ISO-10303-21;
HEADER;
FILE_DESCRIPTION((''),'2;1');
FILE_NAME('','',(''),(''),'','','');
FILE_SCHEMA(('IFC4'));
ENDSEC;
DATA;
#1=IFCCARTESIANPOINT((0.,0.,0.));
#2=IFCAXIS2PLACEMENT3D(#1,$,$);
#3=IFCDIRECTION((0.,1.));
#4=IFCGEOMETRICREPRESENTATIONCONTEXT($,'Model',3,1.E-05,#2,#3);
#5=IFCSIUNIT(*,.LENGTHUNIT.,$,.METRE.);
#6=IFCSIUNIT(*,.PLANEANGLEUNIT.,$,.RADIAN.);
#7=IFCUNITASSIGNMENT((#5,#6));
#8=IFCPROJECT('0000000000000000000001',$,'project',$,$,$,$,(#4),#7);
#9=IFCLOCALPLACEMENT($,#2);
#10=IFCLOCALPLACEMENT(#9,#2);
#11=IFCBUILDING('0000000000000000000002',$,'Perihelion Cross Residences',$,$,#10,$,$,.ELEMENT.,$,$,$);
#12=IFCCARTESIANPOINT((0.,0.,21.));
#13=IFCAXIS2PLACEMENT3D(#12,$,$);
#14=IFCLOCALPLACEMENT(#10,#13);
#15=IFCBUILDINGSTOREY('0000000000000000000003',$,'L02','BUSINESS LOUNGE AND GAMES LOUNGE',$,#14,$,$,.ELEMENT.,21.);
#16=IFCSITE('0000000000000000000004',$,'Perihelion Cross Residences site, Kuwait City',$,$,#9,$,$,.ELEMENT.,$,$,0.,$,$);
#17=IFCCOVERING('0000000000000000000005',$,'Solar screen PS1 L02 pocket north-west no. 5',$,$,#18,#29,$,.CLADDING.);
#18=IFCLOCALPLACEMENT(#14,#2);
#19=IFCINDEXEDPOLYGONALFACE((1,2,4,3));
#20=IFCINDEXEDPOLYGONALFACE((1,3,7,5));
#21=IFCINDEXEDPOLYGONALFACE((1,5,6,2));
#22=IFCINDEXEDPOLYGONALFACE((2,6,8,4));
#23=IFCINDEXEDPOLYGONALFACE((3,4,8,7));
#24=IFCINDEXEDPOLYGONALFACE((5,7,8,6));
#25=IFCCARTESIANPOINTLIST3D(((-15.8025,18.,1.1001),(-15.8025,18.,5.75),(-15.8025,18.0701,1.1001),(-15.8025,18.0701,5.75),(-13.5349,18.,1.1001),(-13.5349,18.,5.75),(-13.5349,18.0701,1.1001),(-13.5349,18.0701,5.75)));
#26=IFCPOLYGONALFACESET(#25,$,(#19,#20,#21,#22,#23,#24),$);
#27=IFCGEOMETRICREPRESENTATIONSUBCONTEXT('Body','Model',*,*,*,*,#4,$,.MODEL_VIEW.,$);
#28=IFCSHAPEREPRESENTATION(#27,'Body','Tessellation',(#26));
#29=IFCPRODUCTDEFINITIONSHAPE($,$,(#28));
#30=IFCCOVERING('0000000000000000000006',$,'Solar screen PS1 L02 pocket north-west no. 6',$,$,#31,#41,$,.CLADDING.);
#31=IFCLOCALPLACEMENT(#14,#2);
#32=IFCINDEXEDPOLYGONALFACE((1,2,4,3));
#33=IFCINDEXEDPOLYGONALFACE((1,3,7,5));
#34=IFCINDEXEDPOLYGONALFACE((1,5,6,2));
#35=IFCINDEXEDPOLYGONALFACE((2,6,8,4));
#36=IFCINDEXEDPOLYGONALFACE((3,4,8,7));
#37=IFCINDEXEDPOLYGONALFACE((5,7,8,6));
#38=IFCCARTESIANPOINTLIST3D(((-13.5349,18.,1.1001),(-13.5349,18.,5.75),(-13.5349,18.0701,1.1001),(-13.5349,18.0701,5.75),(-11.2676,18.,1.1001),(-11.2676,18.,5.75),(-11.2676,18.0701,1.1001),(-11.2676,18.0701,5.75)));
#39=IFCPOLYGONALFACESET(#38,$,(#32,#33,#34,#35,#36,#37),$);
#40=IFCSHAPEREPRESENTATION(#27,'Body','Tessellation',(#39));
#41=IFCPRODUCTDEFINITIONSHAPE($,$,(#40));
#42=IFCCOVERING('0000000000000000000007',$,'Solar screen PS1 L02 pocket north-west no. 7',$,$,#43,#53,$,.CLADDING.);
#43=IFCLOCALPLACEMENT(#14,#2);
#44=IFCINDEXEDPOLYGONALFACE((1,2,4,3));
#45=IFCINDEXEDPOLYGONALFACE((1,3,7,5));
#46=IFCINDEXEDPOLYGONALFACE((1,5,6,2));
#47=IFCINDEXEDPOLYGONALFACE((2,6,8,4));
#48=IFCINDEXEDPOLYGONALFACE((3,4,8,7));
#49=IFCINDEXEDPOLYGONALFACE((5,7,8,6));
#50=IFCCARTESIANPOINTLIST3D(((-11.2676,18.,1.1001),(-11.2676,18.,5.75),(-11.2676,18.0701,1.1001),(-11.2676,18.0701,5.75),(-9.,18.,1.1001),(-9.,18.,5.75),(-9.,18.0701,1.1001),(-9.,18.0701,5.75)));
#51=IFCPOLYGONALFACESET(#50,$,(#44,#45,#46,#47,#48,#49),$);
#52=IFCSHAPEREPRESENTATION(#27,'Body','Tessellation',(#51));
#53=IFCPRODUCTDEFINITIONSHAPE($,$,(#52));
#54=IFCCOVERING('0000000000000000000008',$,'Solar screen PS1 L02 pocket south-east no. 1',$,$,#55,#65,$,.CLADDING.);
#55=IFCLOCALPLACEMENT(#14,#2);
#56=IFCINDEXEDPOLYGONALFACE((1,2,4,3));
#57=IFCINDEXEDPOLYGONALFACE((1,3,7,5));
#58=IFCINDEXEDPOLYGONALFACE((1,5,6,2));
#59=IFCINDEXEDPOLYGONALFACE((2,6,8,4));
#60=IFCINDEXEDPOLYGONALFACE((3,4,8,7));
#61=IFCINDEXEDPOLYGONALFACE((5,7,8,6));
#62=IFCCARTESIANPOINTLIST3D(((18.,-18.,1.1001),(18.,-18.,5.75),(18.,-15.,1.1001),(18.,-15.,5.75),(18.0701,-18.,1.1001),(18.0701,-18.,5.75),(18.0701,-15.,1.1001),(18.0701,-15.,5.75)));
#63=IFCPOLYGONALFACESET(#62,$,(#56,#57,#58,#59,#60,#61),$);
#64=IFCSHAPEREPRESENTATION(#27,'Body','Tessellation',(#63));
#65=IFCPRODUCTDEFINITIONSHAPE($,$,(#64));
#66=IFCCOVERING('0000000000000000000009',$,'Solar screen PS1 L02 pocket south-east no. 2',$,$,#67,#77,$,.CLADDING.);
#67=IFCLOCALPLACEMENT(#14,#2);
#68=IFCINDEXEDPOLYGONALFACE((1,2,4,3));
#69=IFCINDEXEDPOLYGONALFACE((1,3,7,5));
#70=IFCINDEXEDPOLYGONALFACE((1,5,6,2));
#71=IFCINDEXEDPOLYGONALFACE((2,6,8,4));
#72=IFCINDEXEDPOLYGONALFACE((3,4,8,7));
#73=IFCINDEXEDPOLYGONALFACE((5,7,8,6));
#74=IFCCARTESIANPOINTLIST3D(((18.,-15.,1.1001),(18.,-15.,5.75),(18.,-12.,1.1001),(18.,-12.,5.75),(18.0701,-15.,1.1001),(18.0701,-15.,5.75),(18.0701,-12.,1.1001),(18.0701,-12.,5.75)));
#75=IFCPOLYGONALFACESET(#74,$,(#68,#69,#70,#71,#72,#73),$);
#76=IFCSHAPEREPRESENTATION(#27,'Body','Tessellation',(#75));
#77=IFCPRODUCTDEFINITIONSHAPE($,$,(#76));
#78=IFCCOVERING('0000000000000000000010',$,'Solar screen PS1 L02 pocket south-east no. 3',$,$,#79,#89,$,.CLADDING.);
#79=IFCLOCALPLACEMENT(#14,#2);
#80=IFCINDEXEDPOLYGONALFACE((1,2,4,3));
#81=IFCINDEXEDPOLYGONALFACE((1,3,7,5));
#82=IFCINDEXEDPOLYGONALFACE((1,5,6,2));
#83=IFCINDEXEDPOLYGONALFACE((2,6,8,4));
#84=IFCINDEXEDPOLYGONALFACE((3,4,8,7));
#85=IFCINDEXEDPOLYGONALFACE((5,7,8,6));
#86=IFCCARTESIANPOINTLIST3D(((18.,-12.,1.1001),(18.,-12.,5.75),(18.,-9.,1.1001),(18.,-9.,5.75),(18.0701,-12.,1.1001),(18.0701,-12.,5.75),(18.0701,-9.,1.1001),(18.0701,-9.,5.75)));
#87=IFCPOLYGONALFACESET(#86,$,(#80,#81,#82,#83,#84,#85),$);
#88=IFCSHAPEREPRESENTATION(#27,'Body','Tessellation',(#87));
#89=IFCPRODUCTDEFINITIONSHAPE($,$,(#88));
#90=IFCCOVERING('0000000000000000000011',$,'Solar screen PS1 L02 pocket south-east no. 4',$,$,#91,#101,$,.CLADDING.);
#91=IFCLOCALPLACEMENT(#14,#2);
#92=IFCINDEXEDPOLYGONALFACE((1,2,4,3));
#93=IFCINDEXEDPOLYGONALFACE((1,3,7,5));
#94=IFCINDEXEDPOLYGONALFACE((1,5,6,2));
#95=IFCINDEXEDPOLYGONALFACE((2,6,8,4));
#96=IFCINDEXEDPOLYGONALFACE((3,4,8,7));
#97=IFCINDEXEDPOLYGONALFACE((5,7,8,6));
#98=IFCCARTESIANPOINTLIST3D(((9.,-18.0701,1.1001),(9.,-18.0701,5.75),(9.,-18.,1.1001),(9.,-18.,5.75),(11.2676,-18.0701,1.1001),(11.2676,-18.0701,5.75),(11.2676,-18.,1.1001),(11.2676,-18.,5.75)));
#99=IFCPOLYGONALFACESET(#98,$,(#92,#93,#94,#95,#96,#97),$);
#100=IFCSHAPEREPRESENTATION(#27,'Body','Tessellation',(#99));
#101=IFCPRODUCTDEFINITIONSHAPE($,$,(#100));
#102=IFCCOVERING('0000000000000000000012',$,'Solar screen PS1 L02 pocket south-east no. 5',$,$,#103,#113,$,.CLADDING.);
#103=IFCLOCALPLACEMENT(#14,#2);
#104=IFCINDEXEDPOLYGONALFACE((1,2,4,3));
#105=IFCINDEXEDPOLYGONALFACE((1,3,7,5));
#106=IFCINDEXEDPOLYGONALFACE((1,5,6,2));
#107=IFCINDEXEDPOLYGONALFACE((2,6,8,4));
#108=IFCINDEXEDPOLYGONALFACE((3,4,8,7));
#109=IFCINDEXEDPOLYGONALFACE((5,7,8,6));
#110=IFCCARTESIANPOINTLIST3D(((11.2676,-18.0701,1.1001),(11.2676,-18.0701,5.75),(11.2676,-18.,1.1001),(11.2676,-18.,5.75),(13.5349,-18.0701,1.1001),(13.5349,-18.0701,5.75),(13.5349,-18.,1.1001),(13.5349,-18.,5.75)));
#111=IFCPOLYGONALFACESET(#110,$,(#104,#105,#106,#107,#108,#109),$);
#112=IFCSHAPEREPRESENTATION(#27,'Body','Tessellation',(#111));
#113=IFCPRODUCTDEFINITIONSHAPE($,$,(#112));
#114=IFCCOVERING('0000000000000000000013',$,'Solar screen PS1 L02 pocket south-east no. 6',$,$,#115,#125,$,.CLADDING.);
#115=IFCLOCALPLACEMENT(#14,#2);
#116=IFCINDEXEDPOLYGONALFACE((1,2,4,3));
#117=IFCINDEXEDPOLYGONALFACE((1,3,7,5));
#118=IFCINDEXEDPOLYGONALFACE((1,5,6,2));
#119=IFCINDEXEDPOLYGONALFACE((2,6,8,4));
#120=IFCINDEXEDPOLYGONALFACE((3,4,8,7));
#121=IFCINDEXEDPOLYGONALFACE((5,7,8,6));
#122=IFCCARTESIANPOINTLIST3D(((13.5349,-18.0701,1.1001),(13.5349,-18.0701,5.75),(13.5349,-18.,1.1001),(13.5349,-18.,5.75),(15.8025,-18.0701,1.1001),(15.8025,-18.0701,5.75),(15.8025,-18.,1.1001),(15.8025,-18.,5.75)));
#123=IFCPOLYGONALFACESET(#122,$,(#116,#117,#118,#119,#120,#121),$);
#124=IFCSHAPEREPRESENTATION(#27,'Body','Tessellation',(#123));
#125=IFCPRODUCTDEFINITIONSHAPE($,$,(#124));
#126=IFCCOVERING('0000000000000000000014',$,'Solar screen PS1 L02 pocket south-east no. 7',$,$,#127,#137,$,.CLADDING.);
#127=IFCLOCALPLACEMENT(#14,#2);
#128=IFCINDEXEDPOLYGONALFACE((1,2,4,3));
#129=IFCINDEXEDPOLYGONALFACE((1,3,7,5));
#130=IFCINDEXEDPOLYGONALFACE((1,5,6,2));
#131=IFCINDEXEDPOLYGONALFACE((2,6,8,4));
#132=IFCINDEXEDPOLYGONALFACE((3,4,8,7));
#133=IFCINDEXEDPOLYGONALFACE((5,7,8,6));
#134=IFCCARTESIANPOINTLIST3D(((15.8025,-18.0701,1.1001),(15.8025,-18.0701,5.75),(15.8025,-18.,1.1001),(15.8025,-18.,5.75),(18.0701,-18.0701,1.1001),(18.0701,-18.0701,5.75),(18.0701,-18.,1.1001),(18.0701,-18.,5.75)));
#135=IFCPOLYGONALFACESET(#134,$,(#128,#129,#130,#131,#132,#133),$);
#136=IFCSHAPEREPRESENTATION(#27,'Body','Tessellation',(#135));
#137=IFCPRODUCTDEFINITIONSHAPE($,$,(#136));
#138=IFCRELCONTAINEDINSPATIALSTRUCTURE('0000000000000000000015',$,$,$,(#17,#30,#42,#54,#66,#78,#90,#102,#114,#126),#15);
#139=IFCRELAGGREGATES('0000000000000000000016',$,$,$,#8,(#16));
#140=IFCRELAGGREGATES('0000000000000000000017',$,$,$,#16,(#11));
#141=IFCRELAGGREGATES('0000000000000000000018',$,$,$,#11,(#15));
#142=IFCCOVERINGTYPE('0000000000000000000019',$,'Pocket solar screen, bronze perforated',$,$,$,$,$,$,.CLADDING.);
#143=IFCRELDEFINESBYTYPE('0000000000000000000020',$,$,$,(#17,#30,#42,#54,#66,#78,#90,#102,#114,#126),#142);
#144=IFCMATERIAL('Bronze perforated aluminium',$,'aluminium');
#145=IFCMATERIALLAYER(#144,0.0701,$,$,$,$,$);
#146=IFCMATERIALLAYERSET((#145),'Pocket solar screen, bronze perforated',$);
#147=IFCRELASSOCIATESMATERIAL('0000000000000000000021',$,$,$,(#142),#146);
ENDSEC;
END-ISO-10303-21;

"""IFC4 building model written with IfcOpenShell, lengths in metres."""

from ifc_helpers import new_model, si_unit, direction, frame, origin, place, context, subcontext, project, spatial, polyline, outline, extrude, material, layer, layer_set, type_object, element, save


model = new_model("IFC4")

# Units and contexts
model_context = context("Model", 3, precision=1e-05, world=origin(), true_north=direction((0.0, 1.0)))
body_context = subcontext(model_context, "Body", "Model", "MODEL_VIEW")
ifc_project = project(units=[si_unit("LENGTHUNIT", "METRE"), si_unit("PLANEANGLEUNIT", "RADIAN")], contexts=[model_context])

# Site, building, storey
site_placement = place(None, origin())
site = spatial("IfcSite", under=ifc_project, at=site_placement, Name="Perihelion Cross Residences site, Kuwait City", CompositionType="ELEMENT", RefElevation=0.0)
building_placement = place(site_placement, origin())
building = spatial("IfcBuilding", under=site, at=building_placement, Name="Perihelion Cross Residences", CompositionType="ELEMENT")
storey_placement = place(building_placement, frame((0.0, 0.0, 21.0)))
storey = spatial("IfcBuildingStorey", under=building, at=storey_placement, Name="L02", Description="BUSINESS LOUNGE AND GAMES LOUNGE", CompositionType="ELEMENT", Elevation=21.0)

# Coverings
ifc_material_1 = material(Name="Bronze perforated aluminium", Category="aluminium")
ifc_layer_1 = layer(ifc_material_1, 0.0701)
ifc_layer_set_1 = layer_set([ifc_layer_1], Name="Pocket solar screen, bronze perforated")
covering_type_1 = type_object("IfcCoveringType", Name="Pocket solar screen, bronze perforated", PredefinedType="CLADDING", material=ifc_layer_set_1)
covering_1_placement = place(storey_placement, frame((0.0, 0.0, 1.1001)))
element("IfcCovering", 1, at=covering_1_placement, inside=storey, type_object=covering_type_1, Name="Solar screen PS1 L02 pocket north-west no. 5", PredefinedType="CLADDING", context=body_context, shape_type="SweptSolid", body=[
    extrude(outline(polyline([(-13.5349, 18.0), (-13.5349, 18.0701), (-15.8025, 18.0701), (-15.8025, 18.0), (-13.5349, 18.0)])), origin(), (0.0, 0.0, 1.0), 4.6499),
])
covering_2_placement = place(storey_placement, frame((0.0, 0.0, 1.1001)))
element("IfcCovering", 2, at=covering_2_placement, inside=storey, type_object=covering_type_1, Name="Solar screen PS1 L02 pocket north-west no. 6", PredefinedType="CLADDING", context=body_context, shape_type="SweptSolid", body=[
    extrude(outline(polyline([(-11.2676, 18.0), (-11.2676, 18.0701), (-13.5349, 18.0701), (-13.5349, 18.0), (-11.2676, 18.0)])), origin(), (0.0, 0.0, 1.0), 4.6499),
])
covering_3_placement = place(storey_placement, frame((0.0, 0.0, 1.1001)))
element("IfcCovering", 3, at=covering_3_placement, inside=storey, type_object=covering_type_1, Name="Solar screen PS1 L02 pocket north-west no. 7", PredefinedType="CLADDING", context=body_context, shape_type="SweptSolid", body=[
    extrude(outline(polyline([(-9.0, 18.0), (-9.0, 18.0701), (-11.2676, 18.0701), (-11.2676, 18.0), (-9.0, 18.0)])), origin(), (0.0, 0.0, 1.0), 4.6499),
])
covering_4_placement = place(storey_placement, frame((0.0, 0.0, 1.1001)))
element("IfcCovering", 4, at=covering_4_placement, inside=storey, type_object=covering_type_1, Name="Solar screen PS1 L02 pocket south-east no. 1", PredefinedType="CLADDING", context=body_context, shape_type="SweptSolid", body=[
    extrude(outline(polyline([(18.0701, -18.0), (18.0701, -15.0), (18.0, -15.0), (18.0, -18.0), (18.0701, -18.0)])), origin(), (0.0, 0.0, 1.0), 4.6499),
])
covering_5_placement = place(storey_placement, frame((0.0, 0.0, 1.1001)))
element("IfcCovering", 5, at=covering_5_placement, inside=storey, type_object=covering_type_1, Name="Solar screen PS1 L02 pocket south-east no. 2", PredefinedType="CLADDING", context=body_context, shape_type="SweptSolid", body=[
    extrude(outline(polyline([(18.0701, -15.0), (18.0701, -12.0), (18.0, -12.0), (18.0, -15.0), (18.0701, -15.0)])), origin(), (0.0, 0.0, 1.0), 4.6499),
])
covering_6_placement = place(storey_placement, frame((0.0, 0.0, 1.1001)))
element("IfcCovering", 6, at=covering_6_placement, inside=storey, type_object=covering_type_1, Name="Solar screen PS1 L02 pocket south-east no. 3", PredefinedType="CLADDING", context=body_context, shape_type="SweptSolid", body=[
    extrude(outline(polyline([(18.0701, -12.0), (18.0701, -9.0), (18.0, -9.0), (18.0, -12.0), (18.0701, -12.0)])), origin(), (0.0, 0.0, 1.0), 4.6499),
])
covering_7_placement = place(storey_placement, frame((0.0, 0.0, 1.1001)))
element("IfcCovering", 7, at=covering_7_placement, inside=storey, type_object=covering_type_1, Name="Solar screen PS1 L02 pocket south-east no. 4", PredefinedType="CLADDING", context=body_context, shape_type="SweptSolid", body=[
    extrude(outline(polyline([(11.2676, -18.0701), (11.2676, -18.0), (9.0, -18.0), (9.0, -18.0701), (11.2676, -18.0701)])), origin(), (0.0, 0.0, 1.0), 4.6499),
])
covering_8_placement = place(storey_placement, frame((0.0, 0.0, 1.1001)))
element("IfcCovering", 8, at=covering_8_placement, inside=storey, type_object=covering_type_1, Name="Solar screen PS1 L02 pocket south-east no. 5", PredefinedType="CLADDING", context=body_context, shape_type="SweptSolid", body=[
    extrude(outline(polyline([(13.5349, -18.0701), (13.5349, -18.0), (11.2676, -18.0), (11.2676, -18.0701), (13.5349, -18.0701)])), origin(), (0.0, 0.0, 1.0), 4.6499),
])
covering_9_placement = place(storey_placement, frame((0.0, 0.0, 1.1001)))
element("IfcCovering", 9, at=covering_9_placement, inside=storey, type_object=covering_type_1, Name="Solar screen PS1 L02 pocket south-east no. 6", PredefinedType="CLADDING", context=body_context, shape_type="SweptSolid", body=[
    extrude(outline(polyline([(15.8025, -18.0701), (15.8025, -18.0), (13.5349, -18.0), (13.5349, -18.0701), (15.8025, -18.0701)])), origin(), (0.0, 0.0, 1.0), 4.6499),
])
covering_10_placement = place(storey_placement, frame((0.0, 0.0, 1.1001)))
element("IfcCovering", 10, at=covering_10_placement, inside=storey, type_object=covering_type_1, Name="Solar screen PS1 L02 pocket south-east no. 7", PredefinedType="CLADDING", context=body_context, shape_type="SweptSolid", body=[
    extrude(outline(polyline([(18.0701, -18.0701), (18.0701, -18.0), (15.8025, -18.0), (15.8025, -18.0701), (18.0701, -18.0701)])), origin(), (0.0, 0.0, 1.0), 4.6499),
])

save(model, "model.ifc")
